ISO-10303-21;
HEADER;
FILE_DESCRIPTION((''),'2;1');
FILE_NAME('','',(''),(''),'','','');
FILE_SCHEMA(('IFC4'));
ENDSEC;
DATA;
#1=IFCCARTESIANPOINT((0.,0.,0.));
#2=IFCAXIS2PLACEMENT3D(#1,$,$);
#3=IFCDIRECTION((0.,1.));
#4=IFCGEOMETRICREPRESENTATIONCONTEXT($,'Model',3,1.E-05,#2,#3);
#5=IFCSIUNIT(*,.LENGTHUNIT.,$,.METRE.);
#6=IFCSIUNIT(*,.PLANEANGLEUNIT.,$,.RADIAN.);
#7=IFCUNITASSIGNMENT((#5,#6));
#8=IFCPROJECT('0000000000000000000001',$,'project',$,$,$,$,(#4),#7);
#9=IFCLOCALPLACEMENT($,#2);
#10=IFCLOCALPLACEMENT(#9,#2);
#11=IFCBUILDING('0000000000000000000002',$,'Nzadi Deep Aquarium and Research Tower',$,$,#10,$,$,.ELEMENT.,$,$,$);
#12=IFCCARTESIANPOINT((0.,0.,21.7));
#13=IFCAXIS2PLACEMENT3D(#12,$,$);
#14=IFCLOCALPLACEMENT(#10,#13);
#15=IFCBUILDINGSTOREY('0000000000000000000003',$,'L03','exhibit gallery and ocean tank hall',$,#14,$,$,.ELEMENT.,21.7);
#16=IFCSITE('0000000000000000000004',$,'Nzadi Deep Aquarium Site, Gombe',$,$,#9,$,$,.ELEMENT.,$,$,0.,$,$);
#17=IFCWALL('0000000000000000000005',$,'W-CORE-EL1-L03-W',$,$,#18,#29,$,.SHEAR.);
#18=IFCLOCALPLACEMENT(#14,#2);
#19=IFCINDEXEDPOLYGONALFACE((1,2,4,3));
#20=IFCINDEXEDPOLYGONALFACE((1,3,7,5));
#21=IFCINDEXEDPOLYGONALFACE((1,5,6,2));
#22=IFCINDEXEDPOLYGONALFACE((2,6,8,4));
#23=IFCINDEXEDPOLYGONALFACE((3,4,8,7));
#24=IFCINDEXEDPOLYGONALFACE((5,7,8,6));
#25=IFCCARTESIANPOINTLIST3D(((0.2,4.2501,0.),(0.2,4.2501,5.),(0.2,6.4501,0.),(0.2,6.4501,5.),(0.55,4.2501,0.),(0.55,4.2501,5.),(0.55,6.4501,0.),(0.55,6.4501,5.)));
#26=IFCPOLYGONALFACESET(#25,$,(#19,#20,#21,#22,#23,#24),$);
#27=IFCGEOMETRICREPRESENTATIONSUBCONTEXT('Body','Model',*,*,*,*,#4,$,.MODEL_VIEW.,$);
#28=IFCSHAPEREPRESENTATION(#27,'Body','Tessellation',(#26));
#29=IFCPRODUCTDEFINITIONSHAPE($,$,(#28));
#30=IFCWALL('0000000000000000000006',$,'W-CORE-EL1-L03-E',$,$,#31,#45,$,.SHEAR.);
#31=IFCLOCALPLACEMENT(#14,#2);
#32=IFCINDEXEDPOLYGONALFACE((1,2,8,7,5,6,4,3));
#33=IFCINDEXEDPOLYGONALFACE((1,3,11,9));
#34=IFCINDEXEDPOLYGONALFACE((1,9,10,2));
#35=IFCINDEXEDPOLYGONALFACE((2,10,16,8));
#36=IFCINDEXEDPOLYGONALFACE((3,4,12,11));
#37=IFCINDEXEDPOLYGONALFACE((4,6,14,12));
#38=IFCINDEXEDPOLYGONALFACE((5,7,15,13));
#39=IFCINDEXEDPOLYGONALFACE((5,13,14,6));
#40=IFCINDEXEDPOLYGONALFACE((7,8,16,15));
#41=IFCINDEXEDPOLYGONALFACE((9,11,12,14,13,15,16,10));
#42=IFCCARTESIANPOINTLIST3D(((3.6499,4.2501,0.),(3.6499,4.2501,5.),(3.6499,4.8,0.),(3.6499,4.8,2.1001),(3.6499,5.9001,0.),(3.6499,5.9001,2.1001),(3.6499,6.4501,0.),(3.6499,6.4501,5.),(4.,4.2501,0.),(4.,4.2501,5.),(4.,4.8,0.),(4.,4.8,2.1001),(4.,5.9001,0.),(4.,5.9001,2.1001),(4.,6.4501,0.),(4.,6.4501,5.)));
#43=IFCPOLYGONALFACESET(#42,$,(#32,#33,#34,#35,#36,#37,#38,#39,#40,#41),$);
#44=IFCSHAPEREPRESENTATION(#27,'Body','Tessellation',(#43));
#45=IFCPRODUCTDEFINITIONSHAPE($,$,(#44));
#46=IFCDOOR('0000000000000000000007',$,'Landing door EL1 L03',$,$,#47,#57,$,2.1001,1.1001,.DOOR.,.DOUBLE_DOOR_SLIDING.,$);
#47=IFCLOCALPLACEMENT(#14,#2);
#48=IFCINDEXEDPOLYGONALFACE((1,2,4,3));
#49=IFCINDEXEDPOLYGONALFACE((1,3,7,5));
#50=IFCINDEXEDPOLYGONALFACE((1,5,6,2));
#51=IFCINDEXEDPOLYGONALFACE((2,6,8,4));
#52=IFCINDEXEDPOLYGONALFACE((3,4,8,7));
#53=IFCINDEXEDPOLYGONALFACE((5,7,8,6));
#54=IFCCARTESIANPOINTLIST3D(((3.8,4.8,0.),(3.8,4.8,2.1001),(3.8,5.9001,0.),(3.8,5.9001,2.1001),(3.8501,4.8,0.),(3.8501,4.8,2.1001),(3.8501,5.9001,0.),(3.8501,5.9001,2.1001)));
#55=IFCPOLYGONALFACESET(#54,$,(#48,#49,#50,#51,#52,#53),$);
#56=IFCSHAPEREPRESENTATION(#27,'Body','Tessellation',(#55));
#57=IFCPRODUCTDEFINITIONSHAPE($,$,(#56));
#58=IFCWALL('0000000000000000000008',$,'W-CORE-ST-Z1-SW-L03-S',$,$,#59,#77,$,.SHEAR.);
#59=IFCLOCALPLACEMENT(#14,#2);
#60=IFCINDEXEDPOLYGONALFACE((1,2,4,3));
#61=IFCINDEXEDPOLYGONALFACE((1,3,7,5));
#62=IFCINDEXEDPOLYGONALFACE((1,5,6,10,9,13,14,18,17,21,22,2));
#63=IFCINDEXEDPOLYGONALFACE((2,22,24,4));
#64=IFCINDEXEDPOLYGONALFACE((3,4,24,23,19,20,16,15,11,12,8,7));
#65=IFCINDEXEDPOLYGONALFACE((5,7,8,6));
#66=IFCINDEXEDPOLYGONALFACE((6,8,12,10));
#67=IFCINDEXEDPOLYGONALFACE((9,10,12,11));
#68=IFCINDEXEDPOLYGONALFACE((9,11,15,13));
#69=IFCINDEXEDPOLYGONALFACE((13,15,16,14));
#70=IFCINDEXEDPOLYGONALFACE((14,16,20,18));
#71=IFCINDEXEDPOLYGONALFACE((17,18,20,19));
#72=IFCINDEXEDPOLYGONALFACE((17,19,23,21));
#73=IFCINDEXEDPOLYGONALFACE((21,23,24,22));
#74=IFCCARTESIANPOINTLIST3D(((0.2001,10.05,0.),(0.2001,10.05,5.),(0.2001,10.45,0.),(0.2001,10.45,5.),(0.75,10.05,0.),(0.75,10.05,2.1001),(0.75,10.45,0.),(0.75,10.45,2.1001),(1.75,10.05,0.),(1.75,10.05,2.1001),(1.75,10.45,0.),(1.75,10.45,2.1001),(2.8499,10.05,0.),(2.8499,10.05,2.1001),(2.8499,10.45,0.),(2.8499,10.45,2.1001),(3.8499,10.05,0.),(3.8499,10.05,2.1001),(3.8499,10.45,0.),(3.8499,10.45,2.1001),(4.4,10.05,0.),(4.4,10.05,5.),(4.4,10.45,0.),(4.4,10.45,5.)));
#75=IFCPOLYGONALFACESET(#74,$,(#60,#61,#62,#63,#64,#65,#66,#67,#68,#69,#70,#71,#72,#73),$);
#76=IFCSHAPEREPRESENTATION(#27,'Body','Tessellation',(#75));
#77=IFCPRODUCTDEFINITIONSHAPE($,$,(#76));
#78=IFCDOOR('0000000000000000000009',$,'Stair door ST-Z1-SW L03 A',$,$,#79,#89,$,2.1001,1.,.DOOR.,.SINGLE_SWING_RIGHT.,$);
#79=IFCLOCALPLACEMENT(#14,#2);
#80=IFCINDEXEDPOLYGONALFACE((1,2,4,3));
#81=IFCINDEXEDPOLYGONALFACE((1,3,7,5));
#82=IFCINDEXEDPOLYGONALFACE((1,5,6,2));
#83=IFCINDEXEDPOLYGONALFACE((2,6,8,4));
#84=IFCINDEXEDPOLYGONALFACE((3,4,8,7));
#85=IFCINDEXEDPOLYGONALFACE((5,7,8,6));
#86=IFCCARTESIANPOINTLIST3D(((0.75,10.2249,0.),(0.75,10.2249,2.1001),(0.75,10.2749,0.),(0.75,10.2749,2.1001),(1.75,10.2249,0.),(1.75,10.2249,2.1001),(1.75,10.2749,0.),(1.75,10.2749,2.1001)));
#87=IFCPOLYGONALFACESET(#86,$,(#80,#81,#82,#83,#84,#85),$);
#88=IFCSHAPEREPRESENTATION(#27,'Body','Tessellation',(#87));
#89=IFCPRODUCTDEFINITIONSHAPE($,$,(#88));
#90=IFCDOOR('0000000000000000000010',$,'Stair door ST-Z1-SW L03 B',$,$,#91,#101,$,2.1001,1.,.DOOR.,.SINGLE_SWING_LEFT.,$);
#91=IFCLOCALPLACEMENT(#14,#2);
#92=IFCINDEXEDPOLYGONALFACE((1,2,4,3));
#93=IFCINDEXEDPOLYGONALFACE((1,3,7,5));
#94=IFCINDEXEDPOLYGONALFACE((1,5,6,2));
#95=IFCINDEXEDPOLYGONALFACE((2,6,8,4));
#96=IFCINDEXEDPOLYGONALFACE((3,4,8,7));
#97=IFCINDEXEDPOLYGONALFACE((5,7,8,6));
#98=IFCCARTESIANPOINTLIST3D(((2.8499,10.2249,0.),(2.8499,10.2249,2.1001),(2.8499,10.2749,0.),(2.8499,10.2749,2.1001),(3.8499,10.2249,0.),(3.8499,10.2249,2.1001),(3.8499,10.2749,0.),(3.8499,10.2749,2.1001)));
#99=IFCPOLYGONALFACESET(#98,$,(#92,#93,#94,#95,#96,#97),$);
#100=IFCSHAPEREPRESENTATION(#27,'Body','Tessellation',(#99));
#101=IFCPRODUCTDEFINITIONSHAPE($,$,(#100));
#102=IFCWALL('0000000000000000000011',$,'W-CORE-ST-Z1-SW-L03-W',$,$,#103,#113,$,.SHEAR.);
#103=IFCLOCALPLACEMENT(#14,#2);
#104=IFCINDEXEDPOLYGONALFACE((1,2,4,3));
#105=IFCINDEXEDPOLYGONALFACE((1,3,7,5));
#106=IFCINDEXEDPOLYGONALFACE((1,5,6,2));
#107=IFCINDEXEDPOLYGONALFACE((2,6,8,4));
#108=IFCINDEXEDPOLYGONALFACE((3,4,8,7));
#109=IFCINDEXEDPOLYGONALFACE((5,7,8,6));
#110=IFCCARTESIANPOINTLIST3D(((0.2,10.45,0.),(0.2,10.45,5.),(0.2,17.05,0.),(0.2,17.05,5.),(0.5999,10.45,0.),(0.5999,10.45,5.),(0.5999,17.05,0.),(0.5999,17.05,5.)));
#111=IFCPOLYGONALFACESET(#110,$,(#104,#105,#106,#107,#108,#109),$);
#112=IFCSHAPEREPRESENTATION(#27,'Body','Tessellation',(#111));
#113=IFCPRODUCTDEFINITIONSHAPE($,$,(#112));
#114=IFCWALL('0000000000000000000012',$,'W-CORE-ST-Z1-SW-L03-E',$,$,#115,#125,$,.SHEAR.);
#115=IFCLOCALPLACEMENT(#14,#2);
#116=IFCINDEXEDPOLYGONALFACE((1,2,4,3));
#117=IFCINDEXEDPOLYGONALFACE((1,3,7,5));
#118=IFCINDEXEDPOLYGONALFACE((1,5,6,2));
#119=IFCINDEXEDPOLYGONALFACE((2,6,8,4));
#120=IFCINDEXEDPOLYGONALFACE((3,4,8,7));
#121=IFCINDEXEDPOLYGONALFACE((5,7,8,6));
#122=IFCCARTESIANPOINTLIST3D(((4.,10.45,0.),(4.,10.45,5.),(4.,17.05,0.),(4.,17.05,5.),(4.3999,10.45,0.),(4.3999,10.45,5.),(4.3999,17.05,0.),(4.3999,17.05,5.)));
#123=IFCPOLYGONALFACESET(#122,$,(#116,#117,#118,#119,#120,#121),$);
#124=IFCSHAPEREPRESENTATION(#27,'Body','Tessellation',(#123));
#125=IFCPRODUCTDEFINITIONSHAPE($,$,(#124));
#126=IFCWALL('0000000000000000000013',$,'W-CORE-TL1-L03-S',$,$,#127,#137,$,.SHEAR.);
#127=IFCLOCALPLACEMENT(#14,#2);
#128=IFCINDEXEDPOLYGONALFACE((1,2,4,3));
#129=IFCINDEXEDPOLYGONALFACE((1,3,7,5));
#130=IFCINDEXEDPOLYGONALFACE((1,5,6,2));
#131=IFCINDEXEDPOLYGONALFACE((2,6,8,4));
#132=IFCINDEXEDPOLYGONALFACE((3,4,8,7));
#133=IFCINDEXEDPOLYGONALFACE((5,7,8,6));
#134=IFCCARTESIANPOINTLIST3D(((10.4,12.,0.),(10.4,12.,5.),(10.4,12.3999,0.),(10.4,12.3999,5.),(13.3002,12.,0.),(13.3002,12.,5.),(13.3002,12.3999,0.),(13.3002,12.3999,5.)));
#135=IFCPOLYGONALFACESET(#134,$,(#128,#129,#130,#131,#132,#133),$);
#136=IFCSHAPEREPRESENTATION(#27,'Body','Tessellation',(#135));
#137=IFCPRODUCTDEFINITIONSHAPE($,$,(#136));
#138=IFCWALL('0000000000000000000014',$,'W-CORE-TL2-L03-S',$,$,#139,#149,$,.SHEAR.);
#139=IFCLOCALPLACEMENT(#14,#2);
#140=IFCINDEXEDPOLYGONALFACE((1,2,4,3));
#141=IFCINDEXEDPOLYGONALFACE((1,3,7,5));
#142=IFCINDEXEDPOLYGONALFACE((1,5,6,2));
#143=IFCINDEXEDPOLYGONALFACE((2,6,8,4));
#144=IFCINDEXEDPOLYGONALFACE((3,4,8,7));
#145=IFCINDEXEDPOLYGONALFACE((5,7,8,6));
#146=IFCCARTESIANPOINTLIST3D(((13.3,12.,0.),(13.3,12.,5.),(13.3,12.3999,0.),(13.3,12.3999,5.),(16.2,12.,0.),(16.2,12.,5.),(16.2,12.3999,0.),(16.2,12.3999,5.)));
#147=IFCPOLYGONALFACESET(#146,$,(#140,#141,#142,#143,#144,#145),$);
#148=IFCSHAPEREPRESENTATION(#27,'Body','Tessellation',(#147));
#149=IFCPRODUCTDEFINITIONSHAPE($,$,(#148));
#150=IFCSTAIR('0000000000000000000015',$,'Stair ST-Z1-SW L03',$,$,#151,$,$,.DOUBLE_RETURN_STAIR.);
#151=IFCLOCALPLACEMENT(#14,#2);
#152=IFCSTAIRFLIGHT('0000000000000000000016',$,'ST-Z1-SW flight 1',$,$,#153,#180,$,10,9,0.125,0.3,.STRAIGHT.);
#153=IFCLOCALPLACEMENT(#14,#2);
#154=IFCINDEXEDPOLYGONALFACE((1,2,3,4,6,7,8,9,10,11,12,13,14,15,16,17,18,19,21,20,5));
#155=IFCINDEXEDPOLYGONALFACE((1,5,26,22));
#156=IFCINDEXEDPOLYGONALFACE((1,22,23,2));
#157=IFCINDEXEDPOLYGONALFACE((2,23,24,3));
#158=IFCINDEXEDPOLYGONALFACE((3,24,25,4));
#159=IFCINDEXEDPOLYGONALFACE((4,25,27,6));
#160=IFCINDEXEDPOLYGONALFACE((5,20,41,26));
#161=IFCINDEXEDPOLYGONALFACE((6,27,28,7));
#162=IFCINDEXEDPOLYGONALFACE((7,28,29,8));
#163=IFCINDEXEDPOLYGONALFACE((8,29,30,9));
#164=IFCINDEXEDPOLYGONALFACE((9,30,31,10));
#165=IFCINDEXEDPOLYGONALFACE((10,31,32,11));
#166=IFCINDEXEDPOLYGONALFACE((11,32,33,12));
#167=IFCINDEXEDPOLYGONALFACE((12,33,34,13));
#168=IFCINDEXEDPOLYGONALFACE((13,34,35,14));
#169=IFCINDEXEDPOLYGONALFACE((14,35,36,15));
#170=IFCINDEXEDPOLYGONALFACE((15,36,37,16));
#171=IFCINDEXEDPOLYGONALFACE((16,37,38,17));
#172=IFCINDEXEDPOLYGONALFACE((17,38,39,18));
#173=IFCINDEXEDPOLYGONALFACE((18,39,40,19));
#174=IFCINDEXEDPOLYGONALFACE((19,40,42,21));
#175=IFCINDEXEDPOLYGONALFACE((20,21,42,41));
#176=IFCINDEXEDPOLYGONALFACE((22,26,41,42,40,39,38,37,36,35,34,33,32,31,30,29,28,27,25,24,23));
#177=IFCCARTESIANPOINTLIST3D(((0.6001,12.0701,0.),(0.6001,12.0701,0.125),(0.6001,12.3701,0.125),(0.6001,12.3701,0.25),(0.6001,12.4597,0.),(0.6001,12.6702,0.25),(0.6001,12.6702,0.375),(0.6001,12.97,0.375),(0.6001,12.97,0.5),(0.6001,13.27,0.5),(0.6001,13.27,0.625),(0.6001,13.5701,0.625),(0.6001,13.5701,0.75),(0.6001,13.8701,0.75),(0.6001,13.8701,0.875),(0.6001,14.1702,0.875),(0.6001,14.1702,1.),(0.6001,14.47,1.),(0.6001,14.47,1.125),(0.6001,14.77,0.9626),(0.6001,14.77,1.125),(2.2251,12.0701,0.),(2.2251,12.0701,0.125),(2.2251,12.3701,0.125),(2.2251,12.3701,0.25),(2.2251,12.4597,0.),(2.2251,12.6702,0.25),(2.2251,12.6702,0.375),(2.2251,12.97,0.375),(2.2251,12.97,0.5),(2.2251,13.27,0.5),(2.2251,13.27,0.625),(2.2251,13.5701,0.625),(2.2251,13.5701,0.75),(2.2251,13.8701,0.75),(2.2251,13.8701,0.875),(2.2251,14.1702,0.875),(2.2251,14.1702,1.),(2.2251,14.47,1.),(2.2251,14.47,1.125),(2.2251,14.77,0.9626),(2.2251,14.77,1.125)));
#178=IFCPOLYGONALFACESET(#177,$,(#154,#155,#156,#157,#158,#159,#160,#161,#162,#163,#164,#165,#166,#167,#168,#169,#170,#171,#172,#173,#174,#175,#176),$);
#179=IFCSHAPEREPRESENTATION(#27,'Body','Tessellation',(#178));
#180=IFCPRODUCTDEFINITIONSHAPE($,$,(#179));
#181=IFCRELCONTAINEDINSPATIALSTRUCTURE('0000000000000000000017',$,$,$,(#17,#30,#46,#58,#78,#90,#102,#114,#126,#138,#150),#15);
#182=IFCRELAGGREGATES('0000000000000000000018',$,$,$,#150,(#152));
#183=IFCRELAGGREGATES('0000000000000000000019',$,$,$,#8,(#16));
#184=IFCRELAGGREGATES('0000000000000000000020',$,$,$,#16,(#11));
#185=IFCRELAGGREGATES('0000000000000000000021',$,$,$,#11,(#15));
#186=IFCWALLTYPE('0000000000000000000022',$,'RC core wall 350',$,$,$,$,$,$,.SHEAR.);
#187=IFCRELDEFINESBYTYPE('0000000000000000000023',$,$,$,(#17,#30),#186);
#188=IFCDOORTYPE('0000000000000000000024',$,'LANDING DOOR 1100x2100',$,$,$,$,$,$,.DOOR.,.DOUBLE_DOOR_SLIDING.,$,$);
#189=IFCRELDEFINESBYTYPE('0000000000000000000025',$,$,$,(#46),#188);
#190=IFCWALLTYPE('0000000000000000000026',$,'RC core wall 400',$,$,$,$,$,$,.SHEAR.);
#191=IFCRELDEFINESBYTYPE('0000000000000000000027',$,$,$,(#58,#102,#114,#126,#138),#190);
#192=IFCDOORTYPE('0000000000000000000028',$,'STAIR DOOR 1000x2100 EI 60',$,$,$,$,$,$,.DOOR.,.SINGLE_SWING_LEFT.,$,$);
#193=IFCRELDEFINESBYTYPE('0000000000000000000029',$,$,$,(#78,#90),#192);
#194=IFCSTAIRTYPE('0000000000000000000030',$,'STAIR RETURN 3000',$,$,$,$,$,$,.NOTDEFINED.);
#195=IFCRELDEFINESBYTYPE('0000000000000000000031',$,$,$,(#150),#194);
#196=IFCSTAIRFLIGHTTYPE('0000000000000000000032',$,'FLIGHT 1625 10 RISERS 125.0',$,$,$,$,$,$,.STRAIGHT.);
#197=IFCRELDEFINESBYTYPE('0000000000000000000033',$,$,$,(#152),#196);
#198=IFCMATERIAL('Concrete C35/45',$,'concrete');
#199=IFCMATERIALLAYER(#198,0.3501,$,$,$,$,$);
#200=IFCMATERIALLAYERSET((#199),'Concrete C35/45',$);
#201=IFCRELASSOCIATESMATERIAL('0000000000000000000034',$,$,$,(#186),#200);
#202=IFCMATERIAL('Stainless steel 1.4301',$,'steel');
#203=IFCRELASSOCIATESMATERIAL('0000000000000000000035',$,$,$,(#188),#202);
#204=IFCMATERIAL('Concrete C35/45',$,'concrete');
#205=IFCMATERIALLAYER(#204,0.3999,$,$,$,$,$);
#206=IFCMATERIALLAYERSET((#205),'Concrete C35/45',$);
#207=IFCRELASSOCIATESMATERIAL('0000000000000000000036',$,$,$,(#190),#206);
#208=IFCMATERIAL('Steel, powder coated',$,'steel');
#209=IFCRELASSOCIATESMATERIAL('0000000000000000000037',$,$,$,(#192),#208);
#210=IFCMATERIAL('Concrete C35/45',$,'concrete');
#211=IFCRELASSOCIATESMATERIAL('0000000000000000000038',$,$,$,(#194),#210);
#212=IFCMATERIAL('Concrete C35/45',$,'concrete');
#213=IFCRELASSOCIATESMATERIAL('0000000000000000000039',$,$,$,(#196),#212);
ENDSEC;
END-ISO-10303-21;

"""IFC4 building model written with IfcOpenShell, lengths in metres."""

from ifc_helpers import new_model, si_unit, direction, frame, frame_2d, origin, place, context, subcontext, project, spatial, polyline, rectangle, outline, extrude, material, layer, layer_set, type_object, element, fill, aggregate, save


model = new_model("IFC4")

# Units and contexts
model_context = context("Model", 3, precision=1e-05, world=origin(), true_north=direction((0.0, 1.0)))
body_context = subcontext(model_context, "Body", "Model", "MODEL_VIEW")
ifc_project = project(units=[si_unit("LENGTHUNIT", "METRE"), si_unit("PLANEANGLEUNIT", "RADIAN")], contexts=[model_context])

# Site, building, storey
site_placement = place(None, origin())
site = spatial("IfcSite", under=ifc_project, at=site_placement, Name="Nzadi Deep Aquarium Site, Gombe", CompositionType="ELEMENT", RefElevation=0.0)
building_placement = place(site_placement, origin())
building = spatial("IfcBuilding", under=site, at=building_placement, Name="Nzadi Deep Aquarium and Research Tower", CompositionType="ELEMENT")
storey_placement = place(building_placement, frame((0.0, 0.0, 21.7)))
storey = spatial("IfcBuildingStorey", under=building, at=storey_placement, Name="L03", Description="exhibit gallery and ocean tank hall", CompositionType="ELEMENT", Elevation=21.7)

# Wall
ifc_material_1 = material(Name="Concrete C35/45", Category="concrete")
ifc_layer_1 = layer(ifc_material_1, 0.3501)
ifc_layer_set_1 = layer_set([ifc_layer_1], Name="Concrete C35/45")
wall_type_1 = type_object("IfcWallType", Name="RC core wall 350", PredefinedType="SHEAR", material=ifc_layer_set_1)
wall_1_placement = place(storey_placement, frame((0.375, 4.25, 0.0), z_axis=(0.0, 0.0, 1.0), x_axis=(0.0, 1.0, 0.0)))
element("IfcWall", 1, at=wall_1_placement, inside=storey, type_object=wall_type_1, Name="W-CORE-EL1-L03-W", PredefinedType="SHEAR", context=body_context, shape_type="SweptSolid", body=[
    extrude(rectangle(XDim=2.2, YDim=0.3501, at=frame_2d((1.1001, 0.0))), origin(), (0.0, 0.0, 1.0), 5.0),
])

# Wall, opening, door
wall_2_placement = place(storey_placement, frame((3.825, 4.25, 0.0), z_axis=(0.0, 0.0, 1.0), x_axis=(0.0, 1.0, 0.0)))
wall_2 = element("IfcWall", 2, at=wall_2_placement, inside=storey, type_object=wall_type_1, Name="W-CORE-EL1-L03-E", PredefinedType="SHEAR", context=body_context, shape_type="SweptSolid", body=[
    extrude(rectangle(XDim=2.2, YDim=0.3501, at=frame_2d((1.1001, 0.0))), origin(), (0.0, 0.0, 1.0), 5.0),
])
opening_1_placement = place(wall_2_placement, frame((0.55, 0.0, 0.0)))
opening_1 = element("IfcOpeningElement", 3, at=opening_1_placement, cuts=wall_2, PredefinedType="OPENING", context=body_context, shape_type="SweptSolid", body=[
    extrude(rectangle(XDim=1.1001, YDim=2.1001, at=frame_2d((0.55, 1.05))), frame((0.0, 0.1851, 0.0), z_axis=(0.0, -1.0, 0.0), x_axis=(1.0, 0.0, 0.0)), (0.0, 0.0, 1.0), 0.3701),
])
ifc_material_2 = material(Name="Stainless steel 1.4301", Category="steel")
door_type_1 = type_object("IfcDoorType", Name="LANDING DOOR 1100x2100", OperationType="DOUBLE_DOOR_SLIDING", PredefinedType="DOOR", material=ifc_material_2)
door_1_placement = place(opening_1_placement, origin())
door_1 = element("IfcDoor", 4, at=door_1_placement, inside=storey, type_object=door_type_1, Name="Landing door EL1 L03", OperationType="DOUBLE_DOOR_SLIDING", OverallHeight=2.1001, OverallWidth=1.1001, PredefinedType="DOOR", context=body_context, shape_type="SweptSolid", body=[
    extrude(rectangle(XDim=1.1001, YDim=2.1001, at=frame_2d((0.55, 1.05))), frame((0.0, 0.0249, 0.0), z_axis=(0.0, -1.0, 0.0), x_axis=(1.0, 0.0, 0.0)), (0.0, 0.0, 1.0), 0.05),
])
fill(opening_1, door_1)

# Wall, openings, doors
ifc_material_3 = material(Name="Concrete C35/45", Category="concrete")
ifc_layer_2 = layer(ifc_material_3, 0.3999)
ifc_layer_set_2 = layer_set([ifc_layer_2], Name="Concrete C35/45")
wall_type_2 = type_object("IfcWallType", Name="RC core wall 400", PredefinedType="SHEAR", material=ifc_layer_set_2)
wall_3_placement = place(storey_placement, frame((0.2, 10.25, 0.0), z_axis=(0.0, 0.0, 1.0), x_axis=(1.0, 0.0, 0.0)))
wall_3 = element("IfcWall", 5, at=wall_3_placement, inside=storey, type_object=wall_type_2, Name="W-CORE-ST-Z1-SW-L03-S", PredefinedType="SHEAR", context=body_context, shape_type="SweptSolid", body=[
    extrude(rectangle(XDim=4.2, YDim=0.3999, at=frame_2d((2.1001, 0.0))), origin(), (0.0, 0.0, 1.0), 5.0),
])
opening_2_placement = place(wall_3_placement, frame((0.55, 0.0, 0.0)))
opening_2 = element("IfcOpeningElement", 6, at=opening_2_placement, cuts=wall_3, PredefinedType="OPENING", context=body_context, shape_type="SweptSolid", body=[
    extrude(rectangle(XDim=1.0, YDim=2.1001, at=frame_2d((0.5, 1.05))), frame((0.0, 0.21, 0.0), z_axis=(0.0, -1.0, 0.0), x_axis=(1.0, 0.0, 0.0)), (0.0, 0.0, 1.0), 0.4199),
])
opening_3_placement = place(wall_3_placement, frame((2.6499, 0.0, 0.0)))
opening_3 = element("IfcOpeningElement", 7, at=opening_3_placement, cuts=wall_3, PredefinedType="OPENING", context=body_context, shape_type="SweptSolid", body=[
    extrude(rectangle(XDim=1.0, YDim=2.1001, at=frame_2d((0.5, 1.05))), frame((0.0, 0.21, 0.0), z_axis=(0.0, -1.0, 0.0), x_axis=(1.0, 0.0, 0.0)), (0.0, 0.0, 1.0), 0.4199),
])
ifc_material_4 = material(Name="Steel, powder coated", Category="steel")
door_type_2 = type_object("IfcDoorType", Name="STAIR DOOR 1000x2100 EI 60", OperationType="SINGLE_SWING_LEFT", PredefinedType="DOOR", material=ifc_material_4)
door_2_placement = place(opening_2_placement, origin())
door_2 = element("IfcDoor", 8, at=door_2_placement, inside=storey, type_object=door_type_2, Name="Stair door ST-Z1-SW L03 A", OperationType="SINGLE_SWING_RIGHT", OverallHeight=2.1001, OverallWidth=1.0, PredefinedType="DOOR", context=body_context, shape_type="SweptSolid", body=[
    extrude(rectangle(XDim=1.0, YDim=2.1001, at=frame_2d((0.5, 1.05))), frame((0.0, 0.0249, 0.0), z_axis=(0.0, -1.0, 0.0), x_axis=(1.0, 0.0, 0.0)), (0.0, 0.0, 1.0), 0.05),
])
fill(opening_2, door_2)
door_3_placement = place(opening_3_placement, origin())
door_3 = element("IfcDoor", 9, at=door_3_placement, inside=storey, type_object=door_type_2, Name="Stair door ST-Z1-SW L03 B", OperationType="SINGLE_SWING_LEFT", OverallHeight=2.1001, OverallWidth=1.0, PredefinedType="DOOR", context=body_context, shape_type="SweptSolid", body=[
    extrude(rectangle(XDim=1.0, YDim=2.1001, at=frame_2d((0.5, 1.05))), frame((0.0, 0.0249, 0.0), z_axis=(0.0, -1.0, 0.0), x_axis=(1.0, 0.0, 0.0)), (0.0, 0.0, 1.0), 0.05),
])
fill(opening_3, door_3)

# Walls
for number, where, z_axis, x_axis, name in (
    (10, (0.3999, 10.45, 0.0), (0.0, 0.0, 1.0), (0.0, 1.0, 0.0), "W-CORE-ST-Z1-SW-L03-W"),
    (11, (4.2, 10.45, 0.0), (0.0, 0.0, 1.0), (0.0, 1.0, 0.0), "W-CORE-ST-Z1-SW-L03-E"),
):
    element("IfcWall", number, at=place(storey_placement, frame(where, z_axis=z_axis, x_axis=x_axis)), inside=storey, type_object=wall_type_2, Name=name, PredefinedType="SHEAR", context=body_context, shape_type="SweptSolid", body=[
        extrude(rectangle(XDim=6.6001, YDim=0.3999, at=frame_2d((3.3, 0.0))), origin(), (0.0, 0.0, 1.0), 5.0),
    ])
wall_4_placement = place(storey_placement, frame((10.3999, 12.2, 0.0), z_axis=(0.0, 0.0, 1.0), x_axis=(1.0, 0.0, 0.0)))
element("IfcWall", 12, at=wall_4_placement, inside=storey, type_object=wall_type_2, Name="W-CORE-TL1-L03-S", PredefinedType="SHEAR", context=body_context, shape_type="SweptSolid", body=[
    extrude(rectangle(XDim=2.9001, YDim=0.3999, at=frame_2d((1.4502, 0.0))), origin(), (0.0, 0.0, 1.0), 5.0),
])
wall_5_placement = place(storey_placement, frame((13.3, 12.2, 0.0), z_axis=(0.0, 0.0, 1.0), x_axis=(1.0, 0.0, 0.0)))
element("IfcWall", 13, at=wall_5_placement, inside=storey, type_object=wall_type_2, Name="W-CORE-TL2-L03-S", PredefinedType="SHEAR", context=body_context, shape_type="SweptSolid", body=[
    extrude(rectangle(XDim=2.8999, YDim=0.3999, at=frame_2d((1.45, 0.0))), origin(), (0.0, 0.0, 1.0), 5.0),
])

# Stair, stair flight
ifc_material_5 = material(Name="Concrete C35/45", Category="concrete")
stair_type = type_object("IfcStairType", Name="STAIR RETURN 3000", PredefinedType="NOTDEFINED", material=ifc_material_5)
stair_placement = place(storey_placement, origin())
stair = element("IfcStair", 14, at=stair_placement, inside=storey, type_object=stair_type, Name="Stair ST-Z1-SW L03", PredefinedType="DOUBLE_RETURN_STAIR")
ifc_material_6 = material(Name="Concrete C35/45", Category="concrete")
stair_flight_type = type_object("IfcStairFlightType", Name="FLIGHT 1625 10 RISERS 125.0", PredefinedType="STRAIGHT", material=ifc_material_6)
stair_flight_1_placement = place(storey_placement, frame((1.4126, 12.0701, 0.0), z_axis=(0.0, 0.0, 1.0), x_axis=(0.0, 1.0, 0.0)))
stair_flight_1 = element("IfcStairFlight", 15, at=stair_flight_1_placement, type_object=stair_flight_type, Name="ST-Z1-SW flight 1", NumberOfRisers=10, NumberOfTreads=9, PredefinedType="STRAIGHT", RiserHeight=0.125, TreadLength=0.3, context=body_context, shape_type="SweptSolid", body=[
    extrude(outline(polyline([(0.0, 0.0), (0.0, 0.125), (0.3, 0.125), (0.3, 0.25), (0.6001, 0.25), (0.6001, 0.375), (0.8999, 0.375), (0.8999, 0.5), (1.2, 0.5), (1.2, 0.625), (1.5, 0.625), (1.5, 0.75), (1.8, 0.75), (1.8, 0.875), (2.1001, 0.875), (2.1001, 1.0), (2.3999, 1.0), (2.3999, 1.125), (2.7, 1.125), (2.7, 1.25), (2.7, 0.9626), (0.3896, 0.0), (0.0, 0.0)])), frame((0.0, 0.8125, 0.0), z_axis=(0.0, -1.0, 0.0), x_axis=(1.0, 0.0, 0.0)), (0.0, 0.0, 1.0), 1.625),
])
aggregate(stair, [stair_flight_1])

save(model, "model.ifc")
